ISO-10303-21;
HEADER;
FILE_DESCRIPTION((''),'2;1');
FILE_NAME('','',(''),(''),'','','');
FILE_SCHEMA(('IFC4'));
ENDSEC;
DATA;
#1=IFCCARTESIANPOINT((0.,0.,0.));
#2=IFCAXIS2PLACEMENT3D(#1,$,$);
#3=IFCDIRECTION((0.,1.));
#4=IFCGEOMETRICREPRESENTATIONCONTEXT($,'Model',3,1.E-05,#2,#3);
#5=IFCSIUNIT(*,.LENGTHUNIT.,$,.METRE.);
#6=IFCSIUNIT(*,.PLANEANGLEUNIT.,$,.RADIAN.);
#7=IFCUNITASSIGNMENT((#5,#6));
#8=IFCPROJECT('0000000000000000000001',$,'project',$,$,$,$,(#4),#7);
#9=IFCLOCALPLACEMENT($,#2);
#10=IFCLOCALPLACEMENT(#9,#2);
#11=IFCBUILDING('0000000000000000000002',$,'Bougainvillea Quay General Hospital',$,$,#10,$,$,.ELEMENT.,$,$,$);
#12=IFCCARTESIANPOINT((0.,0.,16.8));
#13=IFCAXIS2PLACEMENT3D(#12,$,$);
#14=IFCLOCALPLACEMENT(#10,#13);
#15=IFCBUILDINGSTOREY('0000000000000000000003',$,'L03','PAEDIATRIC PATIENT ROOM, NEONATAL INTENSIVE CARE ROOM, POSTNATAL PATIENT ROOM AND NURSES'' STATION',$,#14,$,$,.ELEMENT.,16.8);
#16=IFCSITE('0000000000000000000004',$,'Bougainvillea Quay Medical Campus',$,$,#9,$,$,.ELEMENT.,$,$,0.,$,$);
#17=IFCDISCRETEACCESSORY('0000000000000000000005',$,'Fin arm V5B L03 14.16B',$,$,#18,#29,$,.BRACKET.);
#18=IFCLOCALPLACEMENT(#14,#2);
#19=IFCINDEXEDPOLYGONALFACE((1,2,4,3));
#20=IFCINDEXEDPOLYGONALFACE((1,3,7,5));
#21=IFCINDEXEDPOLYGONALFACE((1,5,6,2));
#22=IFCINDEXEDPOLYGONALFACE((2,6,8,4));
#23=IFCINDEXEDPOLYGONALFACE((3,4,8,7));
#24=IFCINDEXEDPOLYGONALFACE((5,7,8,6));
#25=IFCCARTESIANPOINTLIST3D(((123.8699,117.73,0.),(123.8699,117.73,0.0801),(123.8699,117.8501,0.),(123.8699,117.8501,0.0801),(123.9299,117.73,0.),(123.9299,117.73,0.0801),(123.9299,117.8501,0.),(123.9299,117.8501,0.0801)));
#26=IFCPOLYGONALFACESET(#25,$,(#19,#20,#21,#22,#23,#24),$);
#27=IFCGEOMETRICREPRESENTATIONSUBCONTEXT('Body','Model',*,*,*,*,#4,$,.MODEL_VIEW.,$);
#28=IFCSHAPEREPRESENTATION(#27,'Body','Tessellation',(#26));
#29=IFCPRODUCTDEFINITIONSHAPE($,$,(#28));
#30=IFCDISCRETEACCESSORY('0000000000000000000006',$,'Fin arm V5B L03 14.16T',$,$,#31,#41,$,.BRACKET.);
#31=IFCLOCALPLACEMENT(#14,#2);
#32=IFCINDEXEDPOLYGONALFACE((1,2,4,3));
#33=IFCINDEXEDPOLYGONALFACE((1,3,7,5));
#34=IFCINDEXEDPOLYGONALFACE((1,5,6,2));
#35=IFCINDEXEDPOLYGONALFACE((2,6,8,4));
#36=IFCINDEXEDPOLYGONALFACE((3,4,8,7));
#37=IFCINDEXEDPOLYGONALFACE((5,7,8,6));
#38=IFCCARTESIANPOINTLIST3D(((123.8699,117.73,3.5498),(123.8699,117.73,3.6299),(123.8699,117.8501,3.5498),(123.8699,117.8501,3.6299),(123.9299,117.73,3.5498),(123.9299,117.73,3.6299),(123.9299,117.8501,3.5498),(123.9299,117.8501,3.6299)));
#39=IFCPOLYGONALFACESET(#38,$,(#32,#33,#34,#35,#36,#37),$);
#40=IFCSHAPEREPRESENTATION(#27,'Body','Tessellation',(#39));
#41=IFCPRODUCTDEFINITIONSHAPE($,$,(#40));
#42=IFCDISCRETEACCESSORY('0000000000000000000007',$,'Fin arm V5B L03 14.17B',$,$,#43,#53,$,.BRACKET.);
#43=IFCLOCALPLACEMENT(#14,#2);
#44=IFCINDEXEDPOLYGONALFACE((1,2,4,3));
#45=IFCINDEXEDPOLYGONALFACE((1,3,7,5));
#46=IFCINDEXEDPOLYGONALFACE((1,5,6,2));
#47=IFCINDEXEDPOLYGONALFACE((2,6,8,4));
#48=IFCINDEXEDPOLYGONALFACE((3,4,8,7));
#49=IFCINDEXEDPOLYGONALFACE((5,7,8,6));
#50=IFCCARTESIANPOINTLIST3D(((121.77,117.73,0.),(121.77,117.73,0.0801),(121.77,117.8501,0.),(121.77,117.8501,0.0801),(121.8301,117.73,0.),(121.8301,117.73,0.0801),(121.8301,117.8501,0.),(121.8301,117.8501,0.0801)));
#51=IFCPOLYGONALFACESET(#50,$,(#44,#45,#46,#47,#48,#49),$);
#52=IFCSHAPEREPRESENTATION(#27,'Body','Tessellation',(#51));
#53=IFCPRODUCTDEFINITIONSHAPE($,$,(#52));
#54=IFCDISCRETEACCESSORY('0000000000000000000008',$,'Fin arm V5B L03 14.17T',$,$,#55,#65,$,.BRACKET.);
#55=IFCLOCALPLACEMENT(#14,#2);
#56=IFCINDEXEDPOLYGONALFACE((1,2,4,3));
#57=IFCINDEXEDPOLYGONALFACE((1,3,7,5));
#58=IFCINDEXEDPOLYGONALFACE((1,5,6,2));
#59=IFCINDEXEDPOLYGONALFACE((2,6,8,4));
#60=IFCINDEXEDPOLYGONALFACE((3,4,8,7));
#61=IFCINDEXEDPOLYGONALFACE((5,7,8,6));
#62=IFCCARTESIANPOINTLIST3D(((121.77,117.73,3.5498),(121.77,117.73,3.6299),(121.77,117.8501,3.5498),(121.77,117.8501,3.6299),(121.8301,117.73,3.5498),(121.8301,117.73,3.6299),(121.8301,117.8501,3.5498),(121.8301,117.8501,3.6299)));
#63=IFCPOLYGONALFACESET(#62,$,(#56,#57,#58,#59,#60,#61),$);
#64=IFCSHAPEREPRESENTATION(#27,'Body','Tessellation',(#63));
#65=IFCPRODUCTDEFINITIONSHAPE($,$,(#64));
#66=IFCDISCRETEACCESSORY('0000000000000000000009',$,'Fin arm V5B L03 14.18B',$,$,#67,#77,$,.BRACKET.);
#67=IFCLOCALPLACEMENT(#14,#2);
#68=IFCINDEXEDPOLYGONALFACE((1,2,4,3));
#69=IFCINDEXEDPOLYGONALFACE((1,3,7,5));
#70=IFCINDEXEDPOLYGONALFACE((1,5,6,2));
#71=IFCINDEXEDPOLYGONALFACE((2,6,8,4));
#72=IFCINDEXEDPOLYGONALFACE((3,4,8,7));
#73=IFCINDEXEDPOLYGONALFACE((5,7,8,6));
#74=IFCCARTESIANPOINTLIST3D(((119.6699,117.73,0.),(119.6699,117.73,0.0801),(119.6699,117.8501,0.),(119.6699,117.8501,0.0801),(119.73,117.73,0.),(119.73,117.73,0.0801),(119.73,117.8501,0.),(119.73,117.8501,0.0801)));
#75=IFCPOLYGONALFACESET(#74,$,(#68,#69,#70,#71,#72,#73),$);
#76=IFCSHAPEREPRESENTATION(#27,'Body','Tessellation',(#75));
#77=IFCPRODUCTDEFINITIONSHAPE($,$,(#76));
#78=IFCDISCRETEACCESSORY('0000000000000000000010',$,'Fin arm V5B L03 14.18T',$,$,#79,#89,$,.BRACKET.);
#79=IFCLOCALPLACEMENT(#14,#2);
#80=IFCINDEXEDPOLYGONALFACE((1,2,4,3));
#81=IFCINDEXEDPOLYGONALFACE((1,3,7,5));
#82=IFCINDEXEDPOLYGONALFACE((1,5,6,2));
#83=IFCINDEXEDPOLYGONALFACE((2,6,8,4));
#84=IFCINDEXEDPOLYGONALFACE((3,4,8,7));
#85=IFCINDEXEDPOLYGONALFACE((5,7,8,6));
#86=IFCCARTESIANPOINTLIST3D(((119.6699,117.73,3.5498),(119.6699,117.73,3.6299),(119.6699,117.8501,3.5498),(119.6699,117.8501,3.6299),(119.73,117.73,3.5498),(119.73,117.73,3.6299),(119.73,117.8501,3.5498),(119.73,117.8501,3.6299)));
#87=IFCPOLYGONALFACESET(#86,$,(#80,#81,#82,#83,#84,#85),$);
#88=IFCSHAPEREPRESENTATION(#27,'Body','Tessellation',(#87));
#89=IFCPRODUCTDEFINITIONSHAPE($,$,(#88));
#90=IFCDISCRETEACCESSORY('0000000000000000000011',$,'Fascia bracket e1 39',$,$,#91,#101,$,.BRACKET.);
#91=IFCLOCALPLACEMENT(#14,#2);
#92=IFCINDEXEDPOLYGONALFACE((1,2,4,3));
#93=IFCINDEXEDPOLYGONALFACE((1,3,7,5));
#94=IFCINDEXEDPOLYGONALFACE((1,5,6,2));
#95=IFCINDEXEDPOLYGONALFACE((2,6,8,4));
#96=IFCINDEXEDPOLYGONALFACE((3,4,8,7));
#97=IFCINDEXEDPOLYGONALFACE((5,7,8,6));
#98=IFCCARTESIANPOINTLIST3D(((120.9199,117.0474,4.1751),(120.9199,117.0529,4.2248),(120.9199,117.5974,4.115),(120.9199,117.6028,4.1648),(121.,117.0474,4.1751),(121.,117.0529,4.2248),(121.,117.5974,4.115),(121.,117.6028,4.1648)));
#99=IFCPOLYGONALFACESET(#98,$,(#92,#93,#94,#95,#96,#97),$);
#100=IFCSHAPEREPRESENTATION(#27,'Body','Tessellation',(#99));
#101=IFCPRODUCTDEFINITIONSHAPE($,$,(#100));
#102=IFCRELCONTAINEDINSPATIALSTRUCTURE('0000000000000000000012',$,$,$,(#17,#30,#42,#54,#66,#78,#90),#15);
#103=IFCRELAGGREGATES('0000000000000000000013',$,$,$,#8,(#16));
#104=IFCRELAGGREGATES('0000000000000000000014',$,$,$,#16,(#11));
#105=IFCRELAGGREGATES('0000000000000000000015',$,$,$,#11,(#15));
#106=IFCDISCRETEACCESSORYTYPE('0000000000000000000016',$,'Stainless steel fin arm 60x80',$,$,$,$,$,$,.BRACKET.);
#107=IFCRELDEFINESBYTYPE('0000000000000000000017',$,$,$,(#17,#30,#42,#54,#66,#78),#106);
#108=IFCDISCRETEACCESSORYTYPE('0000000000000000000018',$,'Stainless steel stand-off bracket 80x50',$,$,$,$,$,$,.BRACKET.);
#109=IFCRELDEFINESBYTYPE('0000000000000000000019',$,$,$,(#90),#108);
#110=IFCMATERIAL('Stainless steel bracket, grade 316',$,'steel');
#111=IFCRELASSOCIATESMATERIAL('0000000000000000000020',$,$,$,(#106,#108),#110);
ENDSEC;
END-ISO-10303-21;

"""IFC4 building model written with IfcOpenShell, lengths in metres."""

from ifc_helpers import new_model, si_unit, direction, frame, origin, origin_2d, place, context, subcontext, project, spatial, rectangle, extrude, material, material_profile, profile_set, type_object, element, save


model = new_model("IFC4")

# Units and contexts
model_context = context("Model", 3, precision=1e-05, world=origin(), true_north=direction((0.0, 1.0)))
body_context = subcontext(model_context, "Body", "Model", "MODEL_VIEW")
ifc_project = project(units=[si_unit("LENGTHUNIT", "METRE"), si_unit("PLANEANGLEUNIT", "RADIAN")], contexts=[model_context])

# Site, building, storey
site_placement = place(None, origin())
site = spatial("IfcSite", under=ifc_project, at=site_placement, Name="Bougainvillea Quay Medical Campus", CompositionType="ELEMENT", RefElevation=0.0)
building_placement = place(site_placement, origin())
building = spatial("IfcBuilding", under=site, at=building_placement, Name="Bougainvillea Quay General Hospital", CompositionType="ELEMENT")
storey_placement = place(building_placement, frame((0.0, 0.0, 16.8)))
storey = spatial("IfcBuildingStorey", under=building, at=storey_placement, Name="L03", Description="PAEDIATRIC PATIENT ROOM, NEONATAL INTENSIVE CARE ROOM, POSTNATAL PATIENT ROOM AND NURSES' STATION", CompositionType="ELEMENT", Elevation=16.8)

# Discrete accessories
ifc_material_1 = material(Name="Stainless steel bracket, grade 316", Category="steel")
discrete_accessory_type_1 = type_object("IfcDiscreteAccessoryType", Name="Stainless steel fin arm 60x80", PredefinedType="BRACKET", material=ifc_material_1)
for number, where, z_axis, x_axis, name in (
    (1, (123.8999, 117.79, 0.0), (0.0, 0.0, 1.0), (0.0, -1.0, 0.0), "Fin arm V5B L03 14.16B"),
    (2, (123.8999, 117.79, 3.5498), (0.0, 0.0, 1.0), (0.0, -1.0, 0.0), "Fin arm V5B L03 14.16T"),
    (3, (121.8, 117.79, 0.0), (0.0, 0.0, 1.0), (0.0, -1.0, 0.0), "Fin arm V5B L03 14.17B"),
    (4, (121.8, 117.79, 3.5498), (0.0, 0.0, 1.0), (0.0, -1.0, 0.0), "Fin arm V5B L03 14.17T"),
    (5, (119.7, 117.79, 0.0), (0.0, 0.0, 1.0), (0.0, -1.0, 0.0), "Fin arm V5B L03 14.18B"),
    (6, (119.7, 117.79, 3.5498), (0.0, 0.0, 1.0), (0.0, -1.0, 0.0), "Fin arm V5B L03 14.18T"),
):
    element("IfcDiscreteAccessory", number, at=place(storey_placement, frame(where, z_axis=z_axis, x_axis=x_axis)), inside=storey, type_object=discrete_accessory_type_1, Name=name, PredefinedType="BRACKET", context=body_context, shape_type="SweptSolid", body=[
        extrude(rectangle(XDim=0.1201, YDim=0.0601, at=origin_2d()), origin(), (0.0, 0.0, 1.0), 0.0801),
    ])
ifc_material_profile_1 = material_profile(ifc_material_1, rectangle(XDim=0.0801, YDim=0.05, at=origin_2d()))
ifc_profile_set_1 = profile_set([ifc_material_profile_1], Name="Stainless steel bracket, grade 316")
discrete_accessory_type_2 = type_object("IfcDiscreteAccessoryType", Name="Stainless steel stand-off bracket 80x50", PredefinedType="BRACKET", material=ifc_profile_set_1)
discrete_accessory_placement = place(storey_placement, frame((120.96, 117.6001, 4.1399), z_axis=(0.0, -0.994092, 0.108543), x_axis=(1.0, 0.0, 0.0)))
element("IfcDiscreteAccessory", 7, at=discrete_accessory_placement, inside=storey, type_object=discrete_accessory_type_2, Name="Fascia bracket e1 39", PredefinedType="BRACKET", context=body_context, shape_type="SweptSolid", body=[
    extrude(rectangle(XDim=0.0801, YDim=0.05, at=origin_2d()), origin(), (0.0, 0.0, 1.0), 0.5532),
])

save(model, "model.ifc")
